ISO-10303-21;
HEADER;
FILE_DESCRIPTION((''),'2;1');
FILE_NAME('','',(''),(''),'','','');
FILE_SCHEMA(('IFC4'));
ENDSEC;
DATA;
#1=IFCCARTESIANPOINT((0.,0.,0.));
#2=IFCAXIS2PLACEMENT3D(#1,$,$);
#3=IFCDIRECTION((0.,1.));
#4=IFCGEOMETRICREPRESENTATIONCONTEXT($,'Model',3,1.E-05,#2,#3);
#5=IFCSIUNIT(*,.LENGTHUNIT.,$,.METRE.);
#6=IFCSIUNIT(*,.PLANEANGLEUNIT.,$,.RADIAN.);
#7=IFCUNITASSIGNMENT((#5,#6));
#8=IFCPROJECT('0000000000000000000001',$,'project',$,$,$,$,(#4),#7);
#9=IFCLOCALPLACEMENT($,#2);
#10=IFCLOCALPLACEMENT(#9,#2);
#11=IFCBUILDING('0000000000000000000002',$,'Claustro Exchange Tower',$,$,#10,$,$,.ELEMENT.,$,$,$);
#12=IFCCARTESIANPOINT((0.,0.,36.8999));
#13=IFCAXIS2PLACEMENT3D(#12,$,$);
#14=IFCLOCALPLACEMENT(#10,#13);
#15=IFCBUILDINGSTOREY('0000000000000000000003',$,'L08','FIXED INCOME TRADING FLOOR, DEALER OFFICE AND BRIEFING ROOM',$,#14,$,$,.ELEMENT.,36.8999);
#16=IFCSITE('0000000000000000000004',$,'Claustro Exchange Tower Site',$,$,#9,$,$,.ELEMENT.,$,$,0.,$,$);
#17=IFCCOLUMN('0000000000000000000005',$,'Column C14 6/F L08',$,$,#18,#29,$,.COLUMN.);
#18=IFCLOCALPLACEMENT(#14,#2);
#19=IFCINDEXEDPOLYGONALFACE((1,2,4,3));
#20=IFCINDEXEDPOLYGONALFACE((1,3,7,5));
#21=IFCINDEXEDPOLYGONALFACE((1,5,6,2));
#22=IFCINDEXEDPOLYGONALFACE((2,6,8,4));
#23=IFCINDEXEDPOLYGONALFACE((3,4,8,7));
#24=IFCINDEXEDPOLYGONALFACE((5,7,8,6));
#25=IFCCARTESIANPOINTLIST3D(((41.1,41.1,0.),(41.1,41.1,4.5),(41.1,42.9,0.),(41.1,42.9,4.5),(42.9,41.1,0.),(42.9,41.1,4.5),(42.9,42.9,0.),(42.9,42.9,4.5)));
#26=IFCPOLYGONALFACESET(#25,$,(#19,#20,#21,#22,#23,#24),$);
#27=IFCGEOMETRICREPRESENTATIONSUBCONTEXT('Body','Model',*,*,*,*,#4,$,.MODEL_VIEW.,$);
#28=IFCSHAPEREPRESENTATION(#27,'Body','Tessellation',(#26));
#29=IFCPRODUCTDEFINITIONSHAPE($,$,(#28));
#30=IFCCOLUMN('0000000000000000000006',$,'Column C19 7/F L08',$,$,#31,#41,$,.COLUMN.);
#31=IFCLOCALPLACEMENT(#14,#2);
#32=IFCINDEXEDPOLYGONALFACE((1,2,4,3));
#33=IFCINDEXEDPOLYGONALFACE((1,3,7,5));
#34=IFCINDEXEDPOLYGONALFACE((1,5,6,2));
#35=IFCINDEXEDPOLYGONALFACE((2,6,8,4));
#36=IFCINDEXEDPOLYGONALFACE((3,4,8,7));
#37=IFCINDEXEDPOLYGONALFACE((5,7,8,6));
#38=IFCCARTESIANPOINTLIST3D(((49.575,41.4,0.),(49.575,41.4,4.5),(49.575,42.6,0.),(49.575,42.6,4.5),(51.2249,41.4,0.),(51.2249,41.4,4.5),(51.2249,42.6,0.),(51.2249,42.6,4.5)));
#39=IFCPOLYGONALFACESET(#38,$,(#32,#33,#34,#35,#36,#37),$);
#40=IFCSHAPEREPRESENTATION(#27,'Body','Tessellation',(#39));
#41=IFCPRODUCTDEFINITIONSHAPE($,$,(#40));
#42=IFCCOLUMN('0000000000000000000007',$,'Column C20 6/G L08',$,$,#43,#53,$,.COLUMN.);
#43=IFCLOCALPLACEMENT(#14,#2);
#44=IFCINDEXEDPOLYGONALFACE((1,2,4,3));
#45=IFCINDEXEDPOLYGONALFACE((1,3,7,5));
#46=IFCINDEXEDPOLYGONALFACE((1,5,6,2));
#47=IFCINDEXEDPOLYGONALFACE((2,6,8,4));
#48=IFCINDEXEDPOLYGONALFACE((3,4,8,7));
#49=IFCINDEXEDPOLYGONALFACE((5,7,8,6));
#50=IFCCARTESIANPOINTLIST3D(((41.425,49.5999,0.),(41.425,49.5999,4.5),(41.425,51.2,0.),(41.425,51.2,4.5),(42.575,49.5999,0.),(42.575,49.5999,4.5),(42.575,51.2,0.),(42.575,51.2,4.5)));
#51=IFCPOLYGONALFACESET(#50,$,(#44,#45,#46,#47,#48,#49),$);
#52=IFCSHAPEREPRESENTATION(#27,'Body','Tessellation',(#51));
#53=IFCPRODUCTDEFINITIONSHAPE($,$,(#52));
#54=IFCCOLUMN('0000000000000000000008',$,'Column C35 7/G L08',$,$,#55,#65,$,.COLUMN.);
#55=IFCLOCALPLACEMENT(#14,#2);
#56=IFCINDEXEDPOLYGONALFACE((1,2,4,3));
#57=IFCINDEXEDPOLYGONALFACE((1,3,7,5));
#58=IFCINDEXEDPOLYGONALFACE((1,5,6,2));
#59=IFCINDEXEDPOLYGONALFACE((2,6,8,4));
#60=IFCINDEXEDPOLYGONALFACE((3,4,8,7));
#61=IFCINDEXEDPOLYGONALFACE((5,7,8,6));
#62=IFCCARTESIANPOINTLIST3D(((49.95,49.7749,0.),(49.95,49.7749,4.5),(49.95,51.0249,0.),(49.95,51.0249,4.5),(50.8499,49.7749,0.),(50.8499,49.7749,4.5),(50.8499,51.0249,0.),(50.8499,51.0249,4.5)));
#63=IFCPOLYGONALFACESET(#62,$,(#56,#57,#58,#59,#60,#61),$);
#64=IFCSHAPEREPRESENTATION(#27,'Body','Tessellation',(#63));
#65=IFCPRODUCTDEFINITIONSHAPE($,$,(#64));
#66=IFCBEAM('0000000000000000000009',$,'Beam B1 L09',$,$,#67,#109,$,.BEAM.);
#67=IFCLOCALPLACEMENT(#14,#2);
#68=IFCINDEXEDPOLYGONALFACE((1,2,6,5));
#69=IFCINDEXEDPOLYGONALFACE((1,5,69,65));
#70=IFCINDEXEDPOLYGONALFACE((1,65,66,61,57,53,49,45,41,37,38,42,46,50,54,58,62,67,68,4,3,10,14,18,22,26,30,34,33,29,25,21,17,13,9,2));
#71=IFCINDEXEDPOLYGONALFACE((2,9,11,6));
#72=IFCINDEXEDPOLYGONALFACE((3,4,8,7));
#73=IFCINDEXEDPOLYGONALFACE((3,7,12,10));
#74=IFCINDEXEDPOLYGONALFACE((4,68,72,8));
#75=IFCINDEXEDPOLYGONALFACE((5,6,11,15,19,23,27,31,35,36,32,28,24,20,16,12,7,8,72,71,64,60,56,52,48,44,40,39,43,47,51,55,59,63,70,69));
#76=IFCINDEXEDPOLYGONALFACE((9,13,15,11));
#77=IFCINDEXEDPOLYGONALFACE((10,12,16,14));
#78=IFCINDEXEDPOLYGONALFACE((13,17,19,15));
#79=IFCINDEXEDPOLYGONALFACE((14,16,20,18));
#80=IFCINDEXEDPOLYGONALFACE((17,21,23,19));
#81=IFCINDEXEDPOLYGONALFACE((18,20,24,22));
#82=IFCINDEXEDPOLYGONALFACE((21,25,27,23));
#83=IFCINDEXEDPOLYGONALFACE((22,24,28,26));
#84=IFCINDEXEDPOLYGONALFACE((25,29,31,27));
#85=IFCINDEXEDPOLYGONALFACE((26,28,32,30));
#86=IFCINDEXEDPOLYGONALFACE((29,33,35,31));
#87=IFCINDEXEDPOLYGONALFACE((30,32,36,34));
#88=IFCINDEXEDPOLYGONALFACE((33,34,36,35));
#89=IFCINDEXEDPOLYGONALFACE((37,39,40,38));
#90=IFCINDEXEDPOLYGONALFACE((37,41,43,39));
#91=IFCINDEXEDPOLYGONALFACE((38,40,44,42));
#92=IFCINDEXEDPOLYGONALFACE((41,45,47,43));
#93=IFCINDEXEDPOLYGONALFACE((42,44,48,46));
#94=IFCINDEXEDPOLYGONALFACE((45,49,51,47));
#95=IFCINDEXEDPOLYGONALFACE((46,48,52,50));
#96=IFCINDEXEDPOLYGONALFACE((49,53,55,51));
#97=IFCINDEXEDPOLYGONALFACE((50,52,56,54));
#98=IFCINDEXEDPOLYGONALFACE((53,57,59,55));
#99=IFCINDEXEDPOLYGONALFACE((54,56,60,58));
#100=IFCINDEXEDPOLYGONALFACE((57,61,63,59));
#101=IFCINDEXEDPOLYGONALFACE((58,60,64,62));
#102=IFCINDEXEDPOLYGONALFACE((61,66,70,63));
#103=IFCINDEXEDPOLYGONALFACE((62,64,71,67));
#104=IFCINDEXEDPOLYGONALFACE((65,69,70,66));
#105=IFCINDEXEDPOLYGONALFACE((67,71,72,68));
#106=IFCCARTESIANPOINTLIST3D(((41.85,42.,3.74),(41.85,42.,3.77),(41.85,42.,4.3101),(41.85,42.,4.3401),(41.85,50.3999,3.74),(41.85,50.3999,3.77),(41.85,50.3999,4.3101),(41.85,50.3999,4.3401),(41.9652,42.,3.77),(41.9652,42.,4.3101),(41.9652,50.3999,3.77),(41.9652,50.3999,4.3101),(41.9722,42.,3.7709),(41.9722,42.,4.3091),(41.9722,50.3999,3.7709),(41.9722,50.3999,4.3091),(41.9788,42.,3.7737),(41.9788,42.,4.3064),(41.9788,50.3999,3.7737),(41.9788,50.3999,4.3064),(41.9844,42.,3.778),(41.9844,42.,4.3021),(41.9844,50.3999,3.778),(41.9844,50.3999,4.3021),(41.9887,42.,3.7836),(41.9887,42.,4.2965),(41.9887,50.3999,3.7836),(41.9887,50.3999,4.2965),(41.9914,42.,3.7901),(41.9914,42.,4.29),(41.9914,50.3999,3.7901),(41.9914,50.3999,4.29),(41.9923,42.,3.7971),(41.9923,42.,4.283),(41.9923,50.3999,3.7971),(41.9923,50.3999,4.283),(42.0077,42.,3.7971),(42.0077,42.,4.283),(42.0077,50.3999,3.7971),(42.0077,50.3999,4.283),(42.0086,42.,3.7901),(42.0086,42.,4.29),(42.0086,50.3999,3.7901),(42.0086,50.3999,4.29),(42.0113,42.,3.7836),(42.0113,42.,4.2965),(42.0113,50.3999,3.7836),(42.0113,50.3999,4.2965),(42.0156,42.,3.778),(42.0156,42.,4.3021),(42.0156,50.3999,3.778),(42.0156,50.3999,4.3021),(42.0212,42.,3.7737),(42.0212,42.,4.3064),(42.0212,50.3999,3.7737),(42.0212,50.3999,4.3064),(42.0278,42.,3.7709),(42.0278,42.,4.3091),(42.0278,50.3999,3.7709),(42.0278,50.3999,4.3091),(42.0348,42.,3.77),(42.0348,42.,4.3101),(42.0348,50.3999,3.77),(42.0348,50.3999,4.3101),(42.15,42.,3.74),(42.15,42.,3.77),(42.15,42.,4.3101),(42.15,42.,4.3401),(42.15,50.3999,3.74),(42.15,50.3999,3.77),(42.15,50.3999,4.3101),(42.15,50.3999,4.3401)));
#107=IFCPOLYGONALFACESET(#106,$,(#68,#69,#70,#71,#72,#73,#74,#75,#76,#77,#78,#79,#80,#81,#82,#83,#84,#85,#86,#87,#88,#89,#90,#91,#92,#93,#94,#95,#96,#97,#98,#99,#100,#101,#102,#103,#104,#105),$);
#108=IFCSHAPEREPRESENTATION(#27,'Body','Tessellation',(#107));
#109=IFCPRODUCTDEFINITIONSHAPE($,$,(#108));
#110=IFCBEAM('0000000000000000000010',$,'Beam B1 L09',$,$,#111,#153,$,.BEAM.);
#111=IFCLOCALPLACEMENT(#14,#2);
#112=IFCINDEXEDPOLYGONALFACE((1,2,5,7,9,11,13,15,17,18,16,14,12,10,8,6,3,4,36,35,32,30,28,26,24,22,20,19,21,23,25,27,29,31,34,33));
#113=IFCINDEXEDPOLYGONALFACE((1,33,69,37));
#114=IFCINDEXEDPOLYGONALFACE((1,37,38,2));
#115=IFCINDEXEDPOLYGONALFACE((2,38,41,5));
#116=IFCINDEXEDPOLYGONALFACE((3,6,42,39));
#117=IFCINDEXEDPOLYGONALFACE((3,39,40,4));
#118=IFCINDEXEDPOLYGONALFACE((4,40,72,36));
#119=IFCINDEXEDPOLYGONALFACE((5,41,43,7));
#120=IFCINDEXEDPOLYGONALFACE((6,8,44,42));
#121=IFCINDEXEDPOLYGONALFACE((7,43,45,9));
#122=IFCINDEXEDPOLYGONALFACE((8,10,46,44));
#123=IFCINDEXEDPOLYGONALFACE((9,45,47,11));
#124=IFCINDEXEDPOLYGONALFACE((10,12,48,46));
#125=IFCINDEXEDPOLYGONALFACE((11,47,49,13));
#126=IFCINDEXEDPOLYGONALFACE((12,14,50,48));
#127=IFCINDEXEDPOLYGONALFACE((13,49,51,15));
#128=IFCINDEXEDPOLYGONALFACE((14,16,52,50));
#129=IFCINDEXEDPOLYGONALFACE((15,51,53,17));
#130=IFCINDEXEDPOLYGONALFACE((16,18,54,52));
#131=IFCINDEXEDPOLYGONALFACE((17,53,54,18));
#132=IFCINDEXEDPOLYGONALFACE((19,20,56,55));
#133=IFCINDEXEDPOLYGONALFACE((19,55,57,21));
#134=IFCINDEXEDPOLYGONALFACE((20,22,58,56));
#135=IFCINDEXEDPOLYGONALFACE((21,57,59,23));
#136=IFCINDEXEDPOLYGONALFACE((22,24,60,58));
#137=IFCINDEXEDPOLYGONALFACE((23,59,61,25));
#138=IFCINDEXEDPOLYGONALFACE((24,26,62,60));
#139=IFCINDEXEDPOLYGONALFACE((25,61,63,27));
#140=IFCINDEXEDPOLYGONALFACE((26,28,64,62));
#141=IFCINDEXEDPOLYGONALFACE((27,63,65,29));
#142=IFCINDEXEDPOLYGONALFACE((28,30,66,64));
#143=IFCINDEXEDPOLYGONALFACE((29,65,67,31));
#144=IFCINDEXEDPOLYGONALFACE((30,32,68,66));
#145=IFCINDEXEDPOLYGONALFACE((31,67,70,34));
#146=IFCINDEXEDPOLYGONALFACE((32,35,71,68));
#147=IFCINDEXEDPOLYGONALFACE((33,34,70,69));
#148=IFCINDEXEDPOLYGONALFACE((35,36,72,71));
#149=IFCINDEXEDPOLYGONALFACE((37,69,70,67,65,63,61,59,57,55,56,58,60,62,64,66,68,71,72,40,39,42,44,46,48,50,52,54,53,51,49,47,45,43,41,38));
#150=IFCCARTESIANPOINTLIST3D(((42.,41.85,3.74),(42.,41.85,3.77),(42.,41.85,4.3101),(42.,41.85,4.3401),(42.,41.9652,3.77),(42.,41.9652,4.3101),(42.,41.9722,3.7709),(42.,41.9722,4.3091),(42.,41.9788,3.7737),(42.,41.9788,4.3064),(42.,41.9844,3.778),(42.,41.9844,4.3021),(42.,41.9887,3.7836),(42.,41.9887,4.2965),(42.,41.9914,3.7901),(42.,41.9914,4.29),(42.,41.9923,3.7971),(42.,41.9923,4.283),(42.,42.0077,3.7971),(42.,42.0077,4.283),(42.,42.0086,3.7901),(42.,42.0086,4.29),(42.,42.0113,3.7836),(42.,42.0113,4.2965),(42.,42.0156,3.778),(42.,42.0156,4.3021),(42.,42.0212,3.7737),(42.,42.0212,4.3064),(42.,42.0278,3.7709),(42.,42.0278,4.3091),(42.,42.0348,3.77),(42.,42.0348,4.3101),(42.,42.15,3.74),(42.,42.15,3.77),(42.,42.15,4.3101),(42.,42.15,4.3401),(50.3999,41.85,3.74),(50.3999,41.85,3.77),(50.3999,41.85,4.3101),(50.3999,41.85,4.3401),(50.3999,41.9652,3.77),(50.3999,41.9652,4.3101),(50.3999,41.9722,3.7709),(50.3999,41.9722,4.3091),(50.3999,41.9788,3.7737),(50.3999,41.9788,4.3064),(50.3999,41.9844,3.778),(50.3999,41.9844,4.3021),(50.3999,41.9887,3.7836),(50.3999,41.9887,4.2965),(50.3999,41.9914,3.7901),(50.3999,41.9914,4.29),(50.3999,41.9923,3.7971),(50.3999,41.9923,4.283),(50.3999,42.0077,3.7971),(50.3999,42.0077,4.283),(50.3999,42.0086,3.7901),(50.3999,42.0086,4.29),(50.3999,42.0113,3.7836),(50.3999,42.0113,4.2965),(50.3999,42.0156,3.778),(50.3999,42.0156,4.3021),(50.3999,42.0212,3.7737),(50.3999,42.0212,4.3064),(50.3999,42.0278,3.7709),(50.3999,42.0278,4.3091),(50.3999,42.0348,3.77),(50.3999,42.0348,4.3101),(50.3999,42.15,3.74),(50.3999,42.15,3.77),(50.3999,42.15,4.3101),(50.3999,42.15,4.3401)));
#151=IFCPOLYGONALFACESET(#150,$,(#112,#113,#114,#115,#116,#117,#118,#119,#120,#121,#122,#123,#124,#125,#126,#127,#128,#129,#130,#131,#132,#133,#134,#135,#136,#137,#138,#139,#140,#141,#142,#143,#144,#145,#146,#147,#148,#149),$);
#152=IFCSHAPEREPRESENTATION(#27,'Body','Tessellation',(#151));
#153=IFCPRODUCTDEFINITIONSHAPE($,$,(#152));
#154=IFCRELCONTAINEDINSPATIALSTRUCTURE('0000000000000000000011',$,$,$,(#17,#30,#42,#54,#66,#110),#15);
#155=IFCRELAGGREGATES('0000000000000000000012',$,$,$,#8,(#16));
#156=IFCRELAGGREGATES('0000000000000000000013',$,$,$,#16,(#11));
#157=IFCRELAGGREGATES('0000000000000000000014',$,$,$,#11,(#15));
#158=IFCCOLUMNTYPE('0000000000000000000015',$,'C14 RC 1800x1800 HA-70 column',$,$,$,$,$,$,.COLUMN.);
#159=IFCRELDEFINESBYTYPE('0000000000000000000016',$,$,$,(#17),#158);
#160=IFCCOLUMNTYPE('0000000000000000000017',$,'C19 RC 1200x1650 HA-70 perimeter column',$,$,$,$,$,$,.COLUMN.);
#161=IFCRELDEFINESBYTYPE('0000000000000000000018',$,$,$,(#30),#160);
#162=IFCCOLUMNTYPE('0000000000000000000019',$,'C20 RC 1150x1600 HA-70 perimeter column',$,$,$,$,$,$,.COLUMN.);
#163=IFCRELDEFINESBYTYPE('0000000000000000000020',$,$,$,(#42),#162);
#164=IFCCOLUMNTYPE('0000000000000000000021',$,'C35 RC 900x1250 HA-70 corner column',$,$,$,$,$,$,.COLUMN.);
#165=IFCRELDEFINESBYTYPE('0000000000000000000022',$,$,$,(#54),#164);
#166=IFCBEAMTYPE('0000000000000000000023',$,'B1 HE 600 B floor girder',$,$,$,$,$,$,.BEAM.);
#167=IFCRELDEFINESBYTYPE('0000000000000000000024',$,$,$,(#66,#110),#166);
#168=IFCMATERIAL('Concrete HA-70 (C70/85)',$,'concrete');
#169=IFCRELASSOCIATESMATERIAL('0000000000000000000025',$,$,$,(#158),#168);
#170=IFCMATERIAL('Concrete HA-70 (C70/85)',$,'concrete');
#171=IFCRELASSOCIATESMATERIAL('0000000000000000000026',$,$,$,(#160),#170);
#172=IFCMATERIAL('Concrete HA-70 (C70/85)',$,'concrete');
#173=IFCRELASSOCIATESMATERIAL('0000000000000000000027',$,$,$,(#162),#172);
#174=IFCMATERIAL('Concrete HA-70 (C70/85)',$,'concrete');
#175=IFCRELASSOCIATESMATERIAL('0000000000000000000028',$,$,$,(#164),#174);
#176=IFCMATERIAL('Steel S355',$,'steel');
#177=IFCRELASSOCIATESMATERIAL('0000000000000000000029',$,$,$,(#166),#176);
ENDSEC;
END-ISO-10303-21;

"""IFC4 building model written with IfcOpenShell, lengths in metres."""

from ifc_helpers import new_model, si_unit, direction, frame, origin, origin_2d, place, context, subcontext, project, spatial, rectangle, i_section, extrude, material, material_profile, profile_set, type_object, element, save


model = new_model("IFC4")

# Units and contexts
model_context = context("Model", 3, precision=1e-05, world=origin(), true_north=direction((0.0, 1.0)))
body_context = subcontext(model_context, "Body", "Model", "MODEL_VIEW")
ifc_project = project(units=[si_unit("LENGTHUNIT", "METRE"), si_unit("PLANEANGLEUNIT", "RADIAN")], contexts=[model_context])

# Site, building, storey
site_placement = place(None, origin())
site = spatial("IfcSite", under=ifc_project, at=site_placement, Name="Claustro Exchange Tower Site", CompositionType="ELEMENT", RefElevation=0.0)
building_placement = place(site_placement, origin())
building = spatial("IfcBuilding", under=site, at=building_placement, Name="Claustro Exchange Tower", CompositionType="ELEMENT")
storey_placement = place(building_placement, frame((0.0, 0.0, 36.8999)))
storey = spatial("IfcBuildingStorey", under=building, at=storey_placement, Name="L08", Description="FIXED INCOME TRADING FLOOR, DEALER OFFICE AND BRIEFING ROOM", CompositionType="ELEMENT", Elevation=36.8999)

# Columns
ifc_material_1 = material(Name="Concrete HA-70 (C70/85)", Category="concrete")
ifc_material_profile_1 = material_profile(ifc_material_1, rectangle(XDim=1.8, YDim=1.8, at=origin_2d()), Name="RC 1800x1800")
ifc_profile_set_1 = profile_set([ifc_material_profile_1], Name="Concrete HA-70 (C70/85)")
column_type_1 = type_object("IfcColumnType", Name="C14 RC 1800x1800 HA-70 column", PredefinedType="COLUMN", material=ifc_profile_set_1)
column_1_placement = place(storey_placement, frame((42.0, 42.0, 0.0), z_axis=(0.0, 0.0, 1.0), x_axis=(1.0, 0.0, 0.0)))
element("IfcColumn", 1, at=column_1_placement, inside=storey, type_object=column_type_1, Name="Column C14 6/F L08", PredefinedType="COLUMN", context=body_context, shape_type="SweptSolid", body=[
    extrude(rectangle(XDim=1.8, YDim=1.8, at=origin_2d()), origin(), (0.0, 0.0, 1.0), 4.5),
])
ifc_material_2 = material(Name="Concrete HA-70 (C70/85)", Category="concrete")
ifc_material_profile_2 = material_profile(ifc_material_2, rectangle(XDim=1.2, YDim=1.6499, at=origin_2d()), Name="RC 1200x1650")
ifc_profile_set_2 = profile_set([ifc_material_profile_2], Name="Concrete HA-70 (C70/85)")
column_type_2 = type_object("IfcColumnType", Name="C19 RC 1200x1650 HA-70 perimeter column", PredefinedType="COLUMN", material=ifc_profile_set_2)
column_2_placement = place(storey_placement, frame((50.3999, 42.0, 0.0), z_axis=(0.0, 0.0, 1.0), x_axis=(0.0, 1.0, 0.0)))
element("IfcColumn", 2, at=column_2_placement, inside=storey, type_object=column_type_2, Name="Column C19 7/F L08", PredefinedType="COLUMN", context=body_context, shape_type="SweptSolid", body=[
    extrude(rectangle(XDim=1.2, YDim=1.6499, at=origin_2d()), origin(), (0.0, 0.0, 1.0), 4.5),
])
ifc_material_3 = material(Name="Concrete HA-70 (C70/85)", Category="concrete")
ifc_material_profile_3 = material_profile(ifc_material_3, rectangle(XDim=1.1499, YDim=1.6001, at=origin_2d()), Name="RC 1150x1600")
ifc_profile_set_3 = profile_set([ifc_material_profile_3], Name="Concrete HA-70 (C70/85)")
column_type_3 = type_object("IfcColumnType", Name="C20 RC 1150x1600 HA-70 perimeter column", PredefinedType="COLUMN", material=ifc_profile_set_3)
column_3_placement = place(storey_placement, frame((42.0, 50.3999, 0.0), z_axis=(0.0, 0.0, 1.0), x_axis=(1.0, 0.0, 0.0)))
element("IfcColumn", 3, at=column_3_placement, inside=storey, type_object=column_type_3, Name="Column C20 6/G L08", PredefinedType="COLUMN", context=body_context, shape_type="SweptSolid", body=[
    extrude(rectangle(XDim=1.1499, YDim=1.6001, at=origin_2d()), origin(), (0.0, 0.0, 1.0), 4.5),
])
ifc_material_4 = material(Name="Concrete HA-70 (C70/85)", Category="concrete")
ifc_material_profile_4 = material_profile(ifc_material_4, rectangle(XDim=0.8999, YDim=1.25, at=origin_2d()), Name="RC 900x1250")
ifc_profile_set_4 = profile_set([ifc_material_profile_4], Name="Concrete HA-70 (C70/85)")
column_type_4 = type_object("IfcColumnType", Name="C35 RC 900x1250 HA-70 corner column", PredefinedType="COLUMN", material=ifc_profile_set_4)
column_4_placement = place(storey_placement, frame((50.3999, 50.3999, 0.0), z_axis=(0.0, 0.0, 1.0), x_axis=(1.0, 0.0, 0.0)))
element("IfcColumn", 4, at=column_4_placement, inside=storey, type_object=column_type_4, Name="Column C35 7/G L08", PredefinedType="COLUMN", context=body_context, shape_type="SweptSolid", body=[
    extrude(rectangle(XDim=0.8999, YDim=1.25, at=origin_2d()), origin(), (0.0, 0.0, 1.0), 4.5),
])

# Beams
ifc_material_5 = material(Name="Steel S355", Category="steel")
ifc_material_profile_5 = material_profile(ifc_material_5, i_section(OverallWidth=0.3, OverallDepth=0.6001, WebThickness=0.0154, FlangeThickness=0.03, FilletRadius=0.0271, at=origin_2d()), Name="HE 600 B")
ifc_profile_set_5 = profile_set([ifc_material_profile_5], Name="Steel S355")
beam_type_1 = type_object("IfcBeamType", Name="B1 HE 600 B floor girder", PredefinedType="BEAM", material=ifc_profile_set_5)
for number, where, z_axis, x_axis, name in (
    (5, (42.0, 42.0, 4.04), (0.0, 1.0, 0.0), (-1.0, 0.0, 0.0), "Beam B1 L09"),
    (6, (42.0, 42.0, 4.04), (1.0, 0.0, 0.0), (0.0, 1.0, 0.0), "Beam B1 L09"),
):
    element("IfcBeam", number, at=place(storey_placement, frame(where, z_axis=z_axis, x_axis=x_axis)), inside=storey, type_object=beam_type_1, Name=name, PredefinedType="BEAM", context=body_context, shape_type="SweptSolid", body=[
        extrude(i_section(OverallWidth=0.3, OverallDepth=0.6001, WebThickness=0.0154, FlangeThickness=0.03, FilletRadius=0.0271, at=origin_2d()), origin(), (0.0, 0.0, 1.0), 8.3999),
    ])

save(model, "model.ifc")
